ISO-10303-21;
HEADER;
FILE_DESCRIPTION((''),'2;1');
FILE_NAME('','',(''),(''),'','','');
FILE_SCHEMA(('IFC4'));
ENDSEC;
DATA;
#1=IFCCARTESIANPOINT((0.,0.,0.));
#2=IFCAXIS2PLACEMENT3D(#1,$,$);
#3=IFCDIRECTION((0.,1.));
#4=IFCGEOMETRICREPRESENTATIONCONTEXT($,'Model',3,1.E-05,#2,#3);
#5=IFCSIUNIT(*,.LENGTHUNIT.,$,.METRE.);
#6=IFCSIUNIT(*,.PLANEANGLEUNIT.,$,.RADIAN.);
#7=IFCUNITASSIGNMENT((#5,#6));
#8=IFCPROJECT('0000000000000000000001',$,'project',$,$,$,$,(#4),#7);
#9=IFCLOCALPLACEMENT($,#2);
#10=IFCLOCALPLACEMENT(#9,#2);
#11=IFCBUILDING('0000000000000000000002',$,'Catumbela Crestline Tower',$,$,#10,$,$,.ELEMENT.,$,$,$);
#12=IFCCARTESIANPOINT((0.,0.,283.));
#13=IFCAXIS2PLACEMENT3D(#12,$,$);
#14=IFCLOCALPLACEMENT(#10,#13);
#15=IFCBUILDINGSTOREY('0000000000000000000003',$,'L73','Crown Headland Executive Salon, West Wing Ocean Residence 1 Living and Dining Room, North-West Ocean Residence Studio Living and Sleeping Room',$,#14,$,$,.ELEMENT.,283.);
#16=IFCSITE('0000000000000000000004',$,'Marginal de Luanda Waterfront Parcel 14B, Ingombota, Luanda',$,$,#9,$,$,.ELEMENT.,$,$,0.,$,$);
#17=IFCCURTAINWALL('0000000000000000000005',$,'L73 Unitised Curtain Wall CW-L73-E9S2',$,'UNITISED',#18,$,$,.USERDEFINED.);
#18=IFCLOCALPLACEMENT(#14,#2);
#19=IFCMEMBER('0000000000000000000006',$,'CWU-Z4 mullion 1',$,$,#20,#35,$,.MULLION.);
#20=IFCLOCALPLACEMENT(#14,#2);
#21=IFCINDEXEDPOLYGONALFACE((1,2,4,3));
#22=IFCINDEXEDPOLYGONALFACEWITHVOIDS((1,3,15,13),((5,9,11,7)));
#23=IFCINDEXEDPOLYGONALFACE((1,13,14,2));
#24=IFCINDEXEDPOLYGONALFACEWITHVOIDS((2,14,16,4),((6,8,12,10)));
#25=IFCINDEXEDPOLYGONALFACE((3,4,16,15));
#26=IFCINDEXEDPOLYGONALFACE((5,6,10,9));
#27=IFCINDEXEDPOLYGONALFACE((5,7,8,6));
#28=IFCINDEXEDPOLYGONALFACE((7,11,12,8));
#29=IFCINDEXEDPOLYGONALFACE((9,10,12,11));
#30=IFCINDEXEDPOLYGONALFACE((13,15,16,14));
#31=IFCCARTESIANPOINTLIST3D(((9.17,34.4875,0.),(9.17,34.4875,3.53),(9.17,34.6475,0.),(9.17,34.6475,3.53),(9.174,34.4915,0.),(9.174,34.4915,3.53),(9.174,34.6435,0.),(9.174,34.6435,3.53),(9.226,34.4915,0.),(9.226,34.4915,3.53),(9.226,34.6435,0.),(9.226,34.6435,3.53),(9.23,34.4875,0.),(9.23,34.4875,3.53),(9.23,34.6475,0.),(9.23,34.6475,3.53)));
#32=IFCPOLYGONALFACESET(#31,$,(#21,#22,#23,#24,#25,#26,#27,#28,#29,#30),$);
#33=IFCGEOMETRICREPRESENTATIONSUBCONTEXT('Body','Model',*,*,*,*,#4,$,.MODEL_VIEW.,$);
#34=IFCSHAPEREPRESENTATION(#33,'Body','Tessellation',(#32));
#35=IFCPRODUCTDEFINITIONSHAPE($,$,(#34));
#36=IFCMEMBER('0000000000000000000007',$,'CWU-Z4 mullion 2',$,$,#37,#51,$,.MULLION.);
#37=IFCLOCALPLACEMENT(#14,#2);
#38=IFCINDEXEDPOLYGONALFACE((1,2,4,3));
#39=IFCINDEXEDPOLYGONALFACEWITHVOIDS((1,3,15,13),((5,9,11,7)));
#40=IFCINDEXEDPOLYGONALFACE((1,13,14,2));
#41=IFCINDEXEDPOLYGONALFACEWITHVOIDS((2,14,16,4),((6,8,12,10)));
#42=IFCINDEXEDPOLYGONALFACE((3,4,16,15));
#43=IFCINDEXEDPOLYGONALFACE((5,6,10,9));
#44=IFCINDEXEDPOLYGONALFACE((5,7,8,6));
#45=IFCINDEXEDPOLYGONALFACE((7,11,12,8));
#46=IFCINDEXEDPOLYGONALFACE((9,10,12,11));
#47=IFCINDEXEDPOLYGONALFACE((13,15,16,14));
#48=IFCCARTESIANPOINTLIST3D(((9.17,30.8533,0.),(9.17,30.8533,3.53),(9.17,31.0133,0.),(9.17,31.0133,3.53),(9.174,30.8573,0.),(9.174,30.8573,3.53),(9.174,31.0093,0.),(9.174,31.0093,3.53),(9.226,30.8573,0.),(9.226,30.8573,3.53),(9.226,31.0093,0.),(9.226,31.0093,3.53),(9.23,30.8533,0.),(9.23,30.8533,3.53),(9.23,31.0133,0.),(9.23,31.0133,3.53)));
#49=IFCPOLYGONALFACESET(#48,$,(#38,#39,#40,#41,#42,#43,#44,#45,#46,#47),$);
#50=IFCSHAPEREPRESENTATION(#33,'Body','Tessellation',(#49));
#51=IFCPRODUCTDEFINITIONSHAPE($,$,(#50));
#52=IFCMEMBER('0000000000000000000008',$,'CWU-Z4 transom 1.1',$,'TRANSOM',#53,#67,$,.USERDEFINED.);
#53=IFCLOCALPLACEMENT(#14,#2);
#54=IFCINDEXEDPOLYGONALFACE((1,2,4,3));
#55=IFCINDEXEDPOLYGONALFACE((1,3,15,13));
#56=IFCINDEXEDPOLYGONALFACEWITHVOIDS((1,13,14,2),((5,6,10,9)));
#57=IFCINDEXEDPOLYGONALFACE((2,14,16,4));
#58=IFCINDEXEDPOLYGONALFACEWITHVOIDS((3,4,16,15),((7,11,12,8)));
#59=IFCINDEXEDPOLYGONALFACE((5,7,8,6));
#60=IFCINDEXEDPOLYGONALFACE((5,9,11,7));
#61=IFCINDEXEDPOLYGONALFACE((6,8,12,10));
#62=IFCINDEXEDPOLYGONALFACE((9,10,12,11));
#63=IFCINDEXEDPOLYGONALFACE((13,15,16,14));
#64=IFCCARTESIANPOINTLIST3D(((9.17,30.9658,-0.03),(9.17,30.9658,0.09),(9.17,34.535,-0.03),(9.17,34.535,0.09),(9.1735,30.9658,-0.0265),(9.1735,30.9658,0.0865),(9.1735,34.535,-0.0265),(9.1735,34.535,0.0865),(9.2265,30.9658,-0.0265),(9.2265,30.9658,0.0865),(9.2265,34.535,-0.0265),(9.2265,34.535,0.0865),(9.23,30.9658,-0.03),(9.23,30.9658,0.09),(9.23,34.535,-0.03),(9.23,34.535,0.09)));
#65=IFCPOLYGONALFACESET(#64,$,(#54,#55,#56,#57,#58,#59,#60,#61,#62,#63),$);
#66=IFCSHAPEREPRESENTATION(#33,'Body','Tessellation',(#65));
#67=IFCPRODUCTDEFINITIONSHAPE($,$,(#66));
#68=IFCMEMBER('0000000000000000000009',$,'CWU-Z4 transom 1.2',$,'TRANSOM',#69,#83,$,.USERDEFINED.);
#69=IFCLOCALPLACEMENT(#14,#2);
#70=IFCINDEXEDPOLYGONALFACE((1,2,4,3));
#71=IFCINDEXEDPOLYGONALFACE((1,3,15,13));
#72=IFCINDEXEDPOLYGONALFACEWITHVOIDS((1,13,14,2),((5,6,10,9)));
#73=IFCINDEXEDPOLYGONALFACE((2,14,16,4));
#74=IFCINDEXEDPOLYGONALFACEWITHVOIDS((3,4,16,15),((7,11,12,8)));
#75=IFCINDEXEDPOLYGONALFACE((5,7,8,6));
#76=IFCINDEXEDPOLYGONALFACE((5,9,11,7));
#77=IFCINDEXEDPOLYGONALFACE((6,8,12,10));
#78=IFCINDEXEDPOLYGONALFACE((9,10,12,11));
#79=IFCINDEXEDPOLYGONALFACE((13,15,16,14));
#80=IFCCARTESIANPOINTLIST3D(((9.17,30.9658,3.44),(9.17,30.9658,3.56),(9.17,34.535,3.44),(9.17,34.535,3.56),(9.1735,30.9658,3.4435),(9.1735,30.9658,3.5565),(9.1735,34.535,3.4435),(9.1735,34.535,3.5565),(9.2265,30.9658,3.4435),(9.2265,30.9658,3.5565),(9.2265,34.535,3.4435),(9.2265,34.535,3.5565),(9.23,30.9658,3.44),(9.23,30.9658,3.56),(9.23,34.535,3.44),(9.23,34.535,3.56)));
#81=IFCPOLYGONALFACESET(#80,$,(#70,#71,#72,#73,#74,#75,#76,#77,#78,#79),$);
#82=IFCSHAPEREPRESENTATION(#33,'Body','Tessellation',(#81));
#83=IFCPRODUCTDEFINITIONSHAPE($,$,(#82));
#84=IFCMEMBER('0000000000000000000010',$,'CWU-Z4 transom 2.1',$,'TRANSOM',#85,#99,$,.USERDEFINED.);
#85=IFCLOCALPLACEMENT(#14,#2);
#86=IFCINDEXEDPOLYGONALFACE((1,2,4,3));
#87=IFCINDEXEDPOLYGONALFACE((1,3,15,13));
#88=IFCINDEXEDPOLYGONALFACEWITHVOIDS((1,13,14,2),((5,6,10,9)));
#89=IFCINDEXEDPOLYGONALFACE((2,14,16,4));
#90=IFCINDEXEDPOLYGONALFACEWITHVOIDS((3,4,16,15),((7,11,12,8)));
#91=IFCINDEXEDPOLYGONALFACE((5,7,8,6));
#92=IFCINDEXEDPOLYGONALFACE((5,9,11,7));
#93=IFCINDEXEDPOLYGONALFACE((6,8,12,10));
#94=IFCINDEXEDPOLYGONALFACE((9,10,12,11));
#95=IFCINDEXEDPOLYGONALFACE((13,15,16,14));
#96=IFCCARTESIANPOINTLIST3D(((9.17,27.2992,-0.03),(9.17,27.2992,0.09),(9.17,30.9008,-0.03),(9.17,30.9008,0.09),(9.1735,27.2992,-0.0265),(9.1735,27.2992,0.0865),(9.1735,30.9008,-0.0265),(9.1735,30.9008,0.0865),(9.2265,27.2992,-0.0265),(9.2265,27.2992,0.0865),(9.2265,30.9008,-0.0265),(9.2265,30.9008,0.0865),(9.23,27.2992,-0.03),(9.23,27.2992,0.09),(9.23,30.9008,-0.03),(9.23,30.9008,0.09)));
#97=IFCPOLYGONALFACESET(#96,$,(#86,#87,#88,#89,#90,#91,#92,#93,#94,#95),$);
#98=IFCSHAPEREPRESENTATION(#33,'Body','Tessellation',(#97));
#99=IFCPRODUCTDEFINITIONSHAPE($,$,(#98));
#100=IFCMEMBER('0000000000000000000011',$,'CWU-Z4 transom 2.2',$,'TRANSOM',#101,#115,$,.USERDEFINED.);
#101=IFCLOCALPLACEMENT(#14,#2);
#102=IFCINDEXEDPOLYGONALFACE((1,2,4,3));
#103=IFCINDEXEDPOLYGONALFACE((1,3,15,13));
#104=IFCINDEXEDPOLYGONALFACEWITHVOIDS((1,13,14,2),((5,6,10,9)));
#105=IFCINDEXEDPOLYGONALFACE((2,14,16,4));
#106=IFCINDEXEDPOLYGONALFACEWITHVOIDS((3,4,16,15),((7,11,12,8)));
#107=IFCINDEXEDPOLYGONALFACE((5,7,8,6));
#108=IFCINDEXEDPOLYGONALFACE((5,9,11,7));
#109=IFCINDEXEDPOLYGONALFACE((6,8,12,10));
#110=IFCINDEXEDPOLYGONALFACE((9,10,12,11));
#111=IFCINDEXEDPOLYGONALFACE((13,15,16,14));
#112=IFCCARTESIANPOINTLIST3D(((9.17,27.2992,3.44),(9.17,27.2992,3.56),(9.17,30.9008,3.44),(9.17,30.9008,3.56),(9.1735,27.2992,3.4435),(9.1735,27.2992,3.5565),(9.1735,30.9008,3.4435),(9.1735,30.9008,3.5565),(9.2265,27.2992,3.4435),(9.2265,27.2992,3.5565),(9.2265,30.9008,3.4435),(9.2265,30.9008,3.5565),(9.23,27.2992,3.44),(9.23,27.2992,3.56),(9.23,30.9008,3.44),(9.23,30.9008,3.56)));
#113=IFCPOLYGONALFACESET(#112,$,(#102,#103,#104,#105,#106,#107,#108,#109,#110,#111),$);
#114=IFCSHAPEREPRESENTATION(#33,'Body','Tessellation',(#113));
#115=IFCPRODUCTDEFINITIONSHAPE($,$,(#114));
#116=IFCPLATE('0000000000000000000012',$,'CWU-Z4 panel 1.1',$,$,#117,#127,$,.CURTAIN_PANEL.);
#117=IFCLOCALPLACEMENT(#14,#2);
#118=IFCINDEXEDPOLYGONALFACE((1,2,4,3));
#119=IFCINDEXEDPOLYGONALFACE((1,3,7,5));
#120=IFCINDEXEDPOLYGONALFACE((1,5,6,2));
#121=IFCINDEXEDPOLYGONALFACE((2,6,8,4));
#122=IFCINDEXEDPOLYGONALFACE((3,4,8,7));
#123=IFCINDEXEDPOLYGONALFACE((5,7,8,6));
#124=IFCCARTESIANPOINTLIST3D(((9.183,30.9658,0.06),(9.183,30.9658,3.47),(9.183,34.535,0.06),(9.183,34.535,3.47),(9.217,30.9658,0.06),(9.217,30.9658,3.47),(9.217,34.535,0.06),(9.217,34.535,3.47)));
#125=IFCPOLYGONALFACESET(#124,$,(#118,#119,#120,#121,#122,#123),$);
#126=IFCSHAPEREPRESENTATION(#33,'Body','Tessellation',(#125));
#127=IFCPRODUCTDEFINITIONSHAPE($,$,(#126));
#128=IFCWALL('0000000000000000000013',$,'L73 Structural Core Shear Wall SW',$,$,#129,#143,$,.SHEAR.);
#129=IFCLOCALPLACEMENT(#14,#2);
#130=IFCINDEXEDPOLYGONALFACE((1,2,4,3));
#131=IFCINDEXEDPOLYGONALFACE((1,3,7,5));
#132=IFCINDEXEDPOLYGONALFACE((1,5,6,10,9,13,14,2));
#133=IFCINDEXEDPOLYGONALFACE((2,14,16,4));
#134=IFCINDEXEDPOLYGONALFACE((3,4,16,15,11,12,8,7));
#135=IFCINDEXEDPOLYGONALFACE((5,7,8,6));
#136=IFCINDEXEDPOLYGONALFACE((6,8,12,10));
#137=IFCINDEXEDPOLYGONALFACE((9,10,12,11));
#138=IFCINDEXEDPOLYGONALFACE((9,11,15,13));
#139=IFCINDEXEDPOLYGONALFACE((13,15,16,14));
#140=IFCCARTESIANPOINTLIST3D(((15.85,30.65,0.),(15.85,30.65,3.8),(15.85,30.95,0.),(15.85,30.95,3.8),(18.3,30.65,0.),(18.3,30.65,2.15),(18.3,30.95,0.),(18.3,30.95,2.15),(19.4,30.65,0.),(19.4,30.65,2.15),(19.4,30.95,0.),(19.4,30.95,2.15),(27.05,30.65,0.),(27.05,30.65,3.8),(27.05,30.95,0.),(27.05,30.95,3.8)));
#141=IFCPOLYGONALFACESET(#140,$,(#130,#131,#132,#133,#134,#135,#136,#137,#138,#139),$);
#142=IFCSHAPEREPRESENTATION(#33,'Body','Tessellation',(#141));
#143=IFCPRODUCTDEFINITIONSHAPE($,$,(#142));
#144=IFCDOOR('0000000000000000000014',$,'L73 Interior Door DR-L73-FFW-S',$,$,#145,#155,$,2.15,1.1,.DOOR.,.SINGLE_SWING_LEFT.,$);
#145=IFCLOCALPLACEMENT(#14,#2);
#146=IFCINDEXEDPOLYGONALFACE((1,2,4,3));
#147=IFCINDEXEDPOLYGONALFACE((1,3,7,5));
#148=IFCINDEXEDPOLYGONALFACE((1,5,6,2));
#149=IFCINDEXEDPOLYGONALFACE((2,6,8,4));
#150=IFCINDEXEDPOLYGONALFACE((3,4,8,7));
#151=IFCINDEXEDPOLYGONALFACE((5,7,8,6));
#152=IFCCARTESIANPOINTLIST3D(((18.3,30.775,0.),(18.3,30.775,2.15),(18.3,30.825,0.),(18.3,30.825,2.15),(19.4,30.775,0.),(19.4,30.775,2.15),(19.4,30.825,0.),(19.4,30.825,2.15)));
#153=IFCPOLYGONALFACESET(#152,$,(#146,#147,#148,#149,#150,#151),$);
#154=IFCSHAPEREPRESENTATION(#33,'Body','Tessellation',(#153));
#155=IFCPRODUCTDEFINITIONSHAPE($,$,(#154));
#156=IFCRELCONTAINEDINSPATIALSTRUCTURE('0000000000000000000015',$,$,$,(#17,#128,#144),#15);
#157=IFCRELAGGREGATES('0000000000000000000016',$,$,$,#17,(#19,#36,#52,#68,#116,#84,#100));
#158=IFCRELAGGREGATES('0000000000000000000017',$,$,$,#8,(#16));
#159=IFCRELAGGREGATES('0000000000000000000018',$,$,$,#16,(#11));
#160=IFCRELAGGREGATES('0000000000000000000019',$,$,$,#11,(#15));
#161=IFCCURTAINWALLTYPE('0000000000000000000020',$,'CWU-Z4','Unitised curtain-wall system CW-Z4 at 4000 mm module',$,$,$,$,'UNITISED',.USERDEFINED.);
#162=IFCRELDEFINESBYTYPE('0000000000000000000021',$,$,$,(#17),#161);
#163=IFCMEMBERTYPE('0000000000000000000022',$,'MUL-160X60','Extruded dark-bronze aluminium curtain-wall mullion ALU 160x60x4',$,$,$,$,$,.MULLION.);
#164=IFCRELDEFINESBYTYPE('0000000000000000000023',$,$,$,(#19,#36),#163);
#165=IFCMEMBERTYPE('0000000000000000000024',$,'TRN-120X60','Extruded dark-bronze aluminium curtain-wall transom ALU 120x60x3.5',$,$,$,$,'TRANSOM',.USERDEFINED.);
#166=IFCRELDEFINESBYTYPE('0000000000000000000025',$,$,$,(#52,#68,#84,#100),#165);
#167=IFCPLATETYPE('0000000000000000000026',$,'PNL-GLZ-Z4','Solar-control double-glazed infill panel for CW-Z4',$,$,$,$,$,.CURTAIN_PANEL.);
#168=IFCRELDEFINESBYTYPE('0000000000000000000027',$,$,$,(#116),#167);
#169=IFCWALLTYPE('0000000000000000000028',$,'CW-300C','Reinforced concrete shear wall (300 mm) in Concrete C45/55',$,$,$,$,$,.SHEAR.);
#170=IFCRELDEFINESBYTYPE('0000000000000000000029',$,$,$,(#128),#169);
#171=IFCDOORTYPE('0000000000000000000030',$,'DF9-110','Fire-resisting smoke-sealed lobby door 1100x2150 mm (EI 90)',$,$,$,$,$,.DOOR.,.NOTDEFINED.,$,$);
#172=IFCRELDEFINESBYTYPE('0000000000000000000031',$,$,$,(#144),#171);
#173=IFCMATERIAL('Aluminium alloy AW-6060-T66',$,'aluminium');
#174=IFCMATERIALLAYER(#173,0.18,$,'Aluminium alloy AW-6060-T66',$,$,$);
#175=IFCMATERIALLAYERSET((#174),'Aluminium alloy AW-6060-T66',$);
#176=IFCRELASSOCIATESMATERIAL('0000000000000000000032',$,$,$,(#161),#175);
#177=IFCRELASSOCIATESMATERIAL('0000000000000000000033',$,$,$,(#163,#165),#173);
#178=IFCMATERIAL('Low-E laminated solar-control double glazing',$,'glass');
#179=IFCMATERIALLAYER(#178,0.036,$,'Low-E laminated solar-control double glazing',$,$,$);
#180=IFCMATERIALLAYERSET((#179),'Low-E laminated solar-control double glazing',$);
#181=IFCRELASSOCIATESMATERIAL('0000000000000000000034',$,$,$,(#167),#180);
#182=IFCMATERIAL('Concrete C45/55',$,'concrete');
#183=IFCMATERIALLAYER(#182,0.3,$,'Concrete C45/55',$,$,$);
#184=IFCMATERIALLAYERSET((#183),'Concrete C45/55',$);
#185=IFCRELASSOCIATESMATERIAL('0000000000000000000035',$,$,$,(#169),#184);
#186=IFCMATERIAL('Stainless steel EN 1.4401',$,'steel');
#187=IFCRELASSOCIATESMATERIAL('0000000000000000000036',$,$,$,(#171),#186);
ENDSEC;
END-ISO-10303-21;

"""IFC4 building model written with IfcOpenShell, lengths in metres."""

from ifc_helpers import new_model, si_unit, direction, frame, frame_2d, origin, origin_2d, place, context, subcontext, project, spatial, rectangle, hollow_rectangle, extrude, material, layer, layer_set, material_profile, profile_set, type_object, element, fill, aggregate, save


model = new_model("IFC4")

# Units and contexts
model_context = context("Model", 3, precision=1e-05, world=origin(), true_north=direction((0.0, 1.0)))
body_context = subcontext(model_context, "Body", "Model", "MODEL_VIEW")
ifc_project = project(units=[si_unit("LENGTHUNIT", "METRE"), si_unit("PLANEANGLEUNIT", "RADIAN")], contexts=[model_context])

# Site, building, storey
site_placement = place(None, origin())
site = spatial("IfcSite", under=ifc_project, at=site_placement, Name="Marginal de Luanda Waterfront Parcel 14B, Ingombota, Luanda", CompositionType="ELEMENT", RefElevation=0.0)
building_placement = place(site_placement, origin())
building = spatial("IfcBuilding", under=site, at=building_placement, Name="Catumbela Crestline Tower", CompositionType="ELEMENT")
storey_placement = place(building_placement, frame((0.0, 0.0, 283.0)))
storey = spatial("IfcBuildingStorey", under=building, at=storey_placement, Name="L73", Description="Crown Headland Executive Salon, West Wing Ocean Residence 1 Living and Dining Room, North-West Ocean Residence Studio Living and Sleeping Room", CompositionType="ELEMENT", Elevation=283.0)

# Curtain wall, members, plate
ifc_material_1 = material(Name="Aluminium alloy AW-6060-T66", Category="aluminium")
ifc_layer_1 = layer(ifc_material_1, 0.18, Name="Aluminium alloy AW-6060-T66")
ifc_layer_set_1 = layer_set([ifc_layer_1], Name="Aluminium alloy AW-6060-T66")
curtain_wall_type = type_object("IfcCurtainWallType", Name="CWU-Z4", Description="Unitised curtain-wall system CW-Z4 at 4000 mm module", ElementType="UNITISED", PredefinedType="USERDEFINED", material=ifc_layer_set_1)
curtain_wall_placement = place(storey_placement, origin())
curtain_wall = element("IfcCurtainWall", 1, at=curtain_wall_placement, inside=storey, type_object=curtain_wall_type, Name="L73 Unitised Curtain Wall CW-L73-E9S2", ObjectType="UNITISED", PredefinedType="USERDEFINED")
ifc_material_profile_1 = material_profile(ifc_material_1, hollow_rectangle(XDim=0.06, YDim=0.16, WallThickness=0.004, at=origin_2d()), Name="ALU 160x60x4")
ifc_profile_set_1 = profile_set([ifc_material_profile_1], Name="Aluminium alloy AW-6060-T66")
member_type_1 = type_object("IfcMemberType", Name="MUL-160X60", Description="Extruded dark-bronze aluminium curtain-wall mullion ALU 160x60x4", PredefinedType="MULLION", material=ifc_profile_set_1)
member_1_placement = place(storey_placement, frame((9.2, 34.5675, 0.0), z_axis=(0.0, 0.0, 1.0), x_axis=(1.0, 0.0, 0.0)))
member_1 = element("IfcMember", 2, at=member_1_placement, type_object=member_type_1, Name="CWU-Z4 mullion 1", PredefinedType="MULLION", context=body_context, shape_type="SweptSolid", body=[
    extrude(hollow_rectangle(XDim=0.06, YDim=0.16, WallThickness=0.004, at=origin_2d()), origin(), (0.0, 0.0, 1.0), 3.53),
])
member_2_placement = place(storey_placement, frame((9.2, 30.9333, 0.0), z_axis=(0.0, 0.0, 1.0), x_axis=(1.0, 0.0, 0.0)))
member_2 = element("IfcMember", 3, at=member_2_placement, type_object=member_type_1, Name="CWU-Z4 mullion 2", PredefinedType="MULLION", context=body_context, shape_type="SweptSolid", body=[
    extrude(hollow_rectangle(XDim=0.06, YDim=0.16, WallThickness=0.004, at=origin_2d()), origin(), (0.0, 0.0, 1.0), 3.53),
])
ifc_material_profile_2 = material_profile(ifc_material_1, hollow_rectangle(XDim=0.06, YDim=0.12, WallThickness=0.0035, at=origin_2d()), Name="ALU 120x60x3.5")
ifc_profile_set_2 = profile_set([ifc_material_profile_2], Name="Aluminium alloy AW-6060-T66")
member_type_2 = type_object("IfcMemberType", Name="TRN-120X60", Description="Extruded dark-bronze aluminium curtain-wall transom ALU 120x60x3.5", ElementType="TRANSOM", PredefinedType="USERDEFINED", material=ifc_profile_set_2)
member_3_placement = place(storey_placement, frame((9.2, 34.535, 0.03), z_axis=(0.0, -1.0, 0.0), x_axis=(1.0, 0.0, 0.0)))
member_3 = element("IfcMember", 4, at=member_3_placement, type_object=member_type_2, Name="CWU-Z4 transom 1.1", ObjectType="TRANSOM", PredefinedType="USERDEFINED", context=body_context, shape_type="SweptSolid", body=[
    extrude(hollow_rectangle(XDim=0.06, YDim=0.12, WallThickness=0.0035, at=origin_2d()), origin(), (0.0, 0.0, 1.0), 3.5692),
])
member_4_placement = place(storey_placement, frame((9.2, 34.535, 3.5), z_axis=(0.0, -1.0, 0.0), x_axis=(1.0, 0.0, 0.0)))
member_4 = element("IfcMember", 5, at=member_4_placement, type_object=member_type_2, Name="CWU-Z4 transom 1.2", ObjectType="TRANSOM", PredefinedType="USERDEFINED", context=body_context, shape_type="SweptSolid", body=[
    extrude(hollow_rectangle(XDim=0.06, YDim=0.12, WallThickness=0.0035, at=origin_2d()), origin(), (0.0, 0.0, 1.0), 3.5692),
])
member_5_placement = place(storey_placement, frame((9.2, 30.9008, 0.03), z_axis=(0.0, -1.0, 0.0), x_axis=(1.0, 0.0, 0.0)))
member_5 = element("IfcMember", 6, at=member_5_placement, type_object=member_type_2, Name="CWU-Z4 transom 2.1", ObjectType="TRANSOM", PredefinedType="USERDEFINED", context=body_context, shape_type="SweptSolid", body=[
    extrude(hollow_rectangle(XDim=0.06, YDim=0.12, WallThickness=0.0035, at=origin_2d()), origin(), (0.0, 0.0, 1.0), 3.6016),
])
member_6_placement = place(storey_placement, frame((9.2, 30.9008, 3.5), z_axis=(0.0, -1.0, 0.0), x_axis=(1.0, 0.0, 0.0)))
member_6 = element("IfcMember", 7, at=member_6_placement, type_object=member_type_2, Name="CWU-Z4 transom 2.2", ObjectType="TRANSOM", PredefinedType="USERDEFINED", context=body_context, shape_type="SweptSolid", body=[
    extrude(hollow_rectangle(XDim=0.06, YDim=0.12, WallThickness=0.0035, at=origin_2d()), origin(), (0.0, 0.0, 1.0), 3.6016),
])
ifc_material_2 = material(Name="Low-E laminated solar-control double glazing", Category="glass")
ifc_layer_2 = layer(ifc_material_2, 0.036, Name="Low-E laminated solar-control double glazing")
ifc_layer_set_2 = layer_set([ifc_layer_2], Name="Low-E laminated solar-control double glazing")
plate_type = type_object("IfcPlateType", Name="PNL-GLZ-Z4", Description="Solar-control double-glazed infill panel for CW-Z4", PredefinedType="CURTAIN_PANEL", material=ifc_layer_set_2)
plate_placement = place(storey_placement, frame((9.2, 32.7504, 0.06), z_axis=(0.0, 0.0, 1.0), x_axis=(0.0, -1.0, 0.0)))
plate = element("IfcPlate", 8, at=plate_placement, type_object=plate_type, Name="CWU-Z4 panel 1.1", PredefinedType="CURTAIN_PANEL", context=body_context, shape_type="SweptSolid", body=[
    extrude(rectangle(XDim=3.5692, YDim=0.034, at=origin_2d()), origin(), (0.0, 0.0, 1.0), 3.41),
])
aggregate(curtain_wall, [member_1, member_2, member_3, member_4, plate, member_5, member_6])

# Wall, opening, door
ifc_material_3 = material(Name="Concrete C45/55", Category="concrete")
ifc_layer_3 = layer(ifc_material_3, 0.3, Name="Concrete C45/55")
ifc_layer_set_3 = layer_set([ifc_layer_3], Name="Concrete C45/55")
wall_type_1 = type_object("IfcWallType", Name="CW-300C", Description="Reinforced concrete shear wall (300 mm) in Concrete C45/55", PredefinedType="SHEAR", material=ifc_layer_set_3)
wall_1_placement = place(storey_placement, frame((15.85, 30.8, 0.0), z_axis=(0.0, 0.0, 1.0), x_axis=(1.0, 0.0, 0.0)))
wall_1 = element("IfcWall", 9, at=wall_1_placement, inside=storey, type_object=wall_type_1, Name="L73 Structural Core Shear Wall SW", PredefinedType="SHEAR", context=body_context, shape_type="SweptSolid", body=[
    extrude(rectangle(XDim=11.2, YDim=0.3, at=frame_2d((5.6, 0.0))), origin(), (0.0, 0.0, 1.0), 3.8),
])
opening_1_placement = place(wall_1_placement, frame((2.45, 0.0, 0.0)))
opening_1 = element("IfcOpeningElement", 10, at=opening_1_placement, cuts=wall_1, PredefinedType="OPENING", context=body_context, shape_type="SweptSolid", body=[
    extrude(rectangle(XDim=1.1, YDim=2.15, at=frame_2d((0.55, 1.075))), frame((0.0, 0.16, 0.0), z_axis=(0.0, -1.0, 0.0), x_axis=(1.0, 0.0, 0.0)), (0.0, 0.0, 1.0), 0.32),
])
ifc_material_4 = material(Name="Stainless steel EN 1.4401", Category="steel")
door_type_1 = type_object("IfcDoorType", Name="DF9-110", Description="Fire-resisting smoke-sealed lobby door 1100x2150 mm (EI 90)", OperationType="NOTDEFINED", PredefinedType="DOOR", material=ifc_material_4)
door_1_placement = place(opening_1_placement, origin())
door_1 = element("IfcDoor", 11, at=door_1_placement, inside=storey, type_object=door_type_1, Name="L73 Interior Door DR-L73-FFW-S", OperationType="SINGLE_SWING_LEFT", OverallHeight=2.15, OverallWidth=1.1, PredefinedType="DOOR", context=body_context, shape_type="SweptSolid", body=[
    extrude(rectangle(XDim=1.1, YDim=2.15, at=frame_2d((0.55, 1.075))), frame((0.0, 0.025, 0.0), z_axis=(0.0, -1.0, 0.0), x_axis=(1.0, 0.0, 0.0)), (0.0, 0.0, 1.0), 0.05),
])
fill(opening_1, door_1)

save(model, "model.ifc")
